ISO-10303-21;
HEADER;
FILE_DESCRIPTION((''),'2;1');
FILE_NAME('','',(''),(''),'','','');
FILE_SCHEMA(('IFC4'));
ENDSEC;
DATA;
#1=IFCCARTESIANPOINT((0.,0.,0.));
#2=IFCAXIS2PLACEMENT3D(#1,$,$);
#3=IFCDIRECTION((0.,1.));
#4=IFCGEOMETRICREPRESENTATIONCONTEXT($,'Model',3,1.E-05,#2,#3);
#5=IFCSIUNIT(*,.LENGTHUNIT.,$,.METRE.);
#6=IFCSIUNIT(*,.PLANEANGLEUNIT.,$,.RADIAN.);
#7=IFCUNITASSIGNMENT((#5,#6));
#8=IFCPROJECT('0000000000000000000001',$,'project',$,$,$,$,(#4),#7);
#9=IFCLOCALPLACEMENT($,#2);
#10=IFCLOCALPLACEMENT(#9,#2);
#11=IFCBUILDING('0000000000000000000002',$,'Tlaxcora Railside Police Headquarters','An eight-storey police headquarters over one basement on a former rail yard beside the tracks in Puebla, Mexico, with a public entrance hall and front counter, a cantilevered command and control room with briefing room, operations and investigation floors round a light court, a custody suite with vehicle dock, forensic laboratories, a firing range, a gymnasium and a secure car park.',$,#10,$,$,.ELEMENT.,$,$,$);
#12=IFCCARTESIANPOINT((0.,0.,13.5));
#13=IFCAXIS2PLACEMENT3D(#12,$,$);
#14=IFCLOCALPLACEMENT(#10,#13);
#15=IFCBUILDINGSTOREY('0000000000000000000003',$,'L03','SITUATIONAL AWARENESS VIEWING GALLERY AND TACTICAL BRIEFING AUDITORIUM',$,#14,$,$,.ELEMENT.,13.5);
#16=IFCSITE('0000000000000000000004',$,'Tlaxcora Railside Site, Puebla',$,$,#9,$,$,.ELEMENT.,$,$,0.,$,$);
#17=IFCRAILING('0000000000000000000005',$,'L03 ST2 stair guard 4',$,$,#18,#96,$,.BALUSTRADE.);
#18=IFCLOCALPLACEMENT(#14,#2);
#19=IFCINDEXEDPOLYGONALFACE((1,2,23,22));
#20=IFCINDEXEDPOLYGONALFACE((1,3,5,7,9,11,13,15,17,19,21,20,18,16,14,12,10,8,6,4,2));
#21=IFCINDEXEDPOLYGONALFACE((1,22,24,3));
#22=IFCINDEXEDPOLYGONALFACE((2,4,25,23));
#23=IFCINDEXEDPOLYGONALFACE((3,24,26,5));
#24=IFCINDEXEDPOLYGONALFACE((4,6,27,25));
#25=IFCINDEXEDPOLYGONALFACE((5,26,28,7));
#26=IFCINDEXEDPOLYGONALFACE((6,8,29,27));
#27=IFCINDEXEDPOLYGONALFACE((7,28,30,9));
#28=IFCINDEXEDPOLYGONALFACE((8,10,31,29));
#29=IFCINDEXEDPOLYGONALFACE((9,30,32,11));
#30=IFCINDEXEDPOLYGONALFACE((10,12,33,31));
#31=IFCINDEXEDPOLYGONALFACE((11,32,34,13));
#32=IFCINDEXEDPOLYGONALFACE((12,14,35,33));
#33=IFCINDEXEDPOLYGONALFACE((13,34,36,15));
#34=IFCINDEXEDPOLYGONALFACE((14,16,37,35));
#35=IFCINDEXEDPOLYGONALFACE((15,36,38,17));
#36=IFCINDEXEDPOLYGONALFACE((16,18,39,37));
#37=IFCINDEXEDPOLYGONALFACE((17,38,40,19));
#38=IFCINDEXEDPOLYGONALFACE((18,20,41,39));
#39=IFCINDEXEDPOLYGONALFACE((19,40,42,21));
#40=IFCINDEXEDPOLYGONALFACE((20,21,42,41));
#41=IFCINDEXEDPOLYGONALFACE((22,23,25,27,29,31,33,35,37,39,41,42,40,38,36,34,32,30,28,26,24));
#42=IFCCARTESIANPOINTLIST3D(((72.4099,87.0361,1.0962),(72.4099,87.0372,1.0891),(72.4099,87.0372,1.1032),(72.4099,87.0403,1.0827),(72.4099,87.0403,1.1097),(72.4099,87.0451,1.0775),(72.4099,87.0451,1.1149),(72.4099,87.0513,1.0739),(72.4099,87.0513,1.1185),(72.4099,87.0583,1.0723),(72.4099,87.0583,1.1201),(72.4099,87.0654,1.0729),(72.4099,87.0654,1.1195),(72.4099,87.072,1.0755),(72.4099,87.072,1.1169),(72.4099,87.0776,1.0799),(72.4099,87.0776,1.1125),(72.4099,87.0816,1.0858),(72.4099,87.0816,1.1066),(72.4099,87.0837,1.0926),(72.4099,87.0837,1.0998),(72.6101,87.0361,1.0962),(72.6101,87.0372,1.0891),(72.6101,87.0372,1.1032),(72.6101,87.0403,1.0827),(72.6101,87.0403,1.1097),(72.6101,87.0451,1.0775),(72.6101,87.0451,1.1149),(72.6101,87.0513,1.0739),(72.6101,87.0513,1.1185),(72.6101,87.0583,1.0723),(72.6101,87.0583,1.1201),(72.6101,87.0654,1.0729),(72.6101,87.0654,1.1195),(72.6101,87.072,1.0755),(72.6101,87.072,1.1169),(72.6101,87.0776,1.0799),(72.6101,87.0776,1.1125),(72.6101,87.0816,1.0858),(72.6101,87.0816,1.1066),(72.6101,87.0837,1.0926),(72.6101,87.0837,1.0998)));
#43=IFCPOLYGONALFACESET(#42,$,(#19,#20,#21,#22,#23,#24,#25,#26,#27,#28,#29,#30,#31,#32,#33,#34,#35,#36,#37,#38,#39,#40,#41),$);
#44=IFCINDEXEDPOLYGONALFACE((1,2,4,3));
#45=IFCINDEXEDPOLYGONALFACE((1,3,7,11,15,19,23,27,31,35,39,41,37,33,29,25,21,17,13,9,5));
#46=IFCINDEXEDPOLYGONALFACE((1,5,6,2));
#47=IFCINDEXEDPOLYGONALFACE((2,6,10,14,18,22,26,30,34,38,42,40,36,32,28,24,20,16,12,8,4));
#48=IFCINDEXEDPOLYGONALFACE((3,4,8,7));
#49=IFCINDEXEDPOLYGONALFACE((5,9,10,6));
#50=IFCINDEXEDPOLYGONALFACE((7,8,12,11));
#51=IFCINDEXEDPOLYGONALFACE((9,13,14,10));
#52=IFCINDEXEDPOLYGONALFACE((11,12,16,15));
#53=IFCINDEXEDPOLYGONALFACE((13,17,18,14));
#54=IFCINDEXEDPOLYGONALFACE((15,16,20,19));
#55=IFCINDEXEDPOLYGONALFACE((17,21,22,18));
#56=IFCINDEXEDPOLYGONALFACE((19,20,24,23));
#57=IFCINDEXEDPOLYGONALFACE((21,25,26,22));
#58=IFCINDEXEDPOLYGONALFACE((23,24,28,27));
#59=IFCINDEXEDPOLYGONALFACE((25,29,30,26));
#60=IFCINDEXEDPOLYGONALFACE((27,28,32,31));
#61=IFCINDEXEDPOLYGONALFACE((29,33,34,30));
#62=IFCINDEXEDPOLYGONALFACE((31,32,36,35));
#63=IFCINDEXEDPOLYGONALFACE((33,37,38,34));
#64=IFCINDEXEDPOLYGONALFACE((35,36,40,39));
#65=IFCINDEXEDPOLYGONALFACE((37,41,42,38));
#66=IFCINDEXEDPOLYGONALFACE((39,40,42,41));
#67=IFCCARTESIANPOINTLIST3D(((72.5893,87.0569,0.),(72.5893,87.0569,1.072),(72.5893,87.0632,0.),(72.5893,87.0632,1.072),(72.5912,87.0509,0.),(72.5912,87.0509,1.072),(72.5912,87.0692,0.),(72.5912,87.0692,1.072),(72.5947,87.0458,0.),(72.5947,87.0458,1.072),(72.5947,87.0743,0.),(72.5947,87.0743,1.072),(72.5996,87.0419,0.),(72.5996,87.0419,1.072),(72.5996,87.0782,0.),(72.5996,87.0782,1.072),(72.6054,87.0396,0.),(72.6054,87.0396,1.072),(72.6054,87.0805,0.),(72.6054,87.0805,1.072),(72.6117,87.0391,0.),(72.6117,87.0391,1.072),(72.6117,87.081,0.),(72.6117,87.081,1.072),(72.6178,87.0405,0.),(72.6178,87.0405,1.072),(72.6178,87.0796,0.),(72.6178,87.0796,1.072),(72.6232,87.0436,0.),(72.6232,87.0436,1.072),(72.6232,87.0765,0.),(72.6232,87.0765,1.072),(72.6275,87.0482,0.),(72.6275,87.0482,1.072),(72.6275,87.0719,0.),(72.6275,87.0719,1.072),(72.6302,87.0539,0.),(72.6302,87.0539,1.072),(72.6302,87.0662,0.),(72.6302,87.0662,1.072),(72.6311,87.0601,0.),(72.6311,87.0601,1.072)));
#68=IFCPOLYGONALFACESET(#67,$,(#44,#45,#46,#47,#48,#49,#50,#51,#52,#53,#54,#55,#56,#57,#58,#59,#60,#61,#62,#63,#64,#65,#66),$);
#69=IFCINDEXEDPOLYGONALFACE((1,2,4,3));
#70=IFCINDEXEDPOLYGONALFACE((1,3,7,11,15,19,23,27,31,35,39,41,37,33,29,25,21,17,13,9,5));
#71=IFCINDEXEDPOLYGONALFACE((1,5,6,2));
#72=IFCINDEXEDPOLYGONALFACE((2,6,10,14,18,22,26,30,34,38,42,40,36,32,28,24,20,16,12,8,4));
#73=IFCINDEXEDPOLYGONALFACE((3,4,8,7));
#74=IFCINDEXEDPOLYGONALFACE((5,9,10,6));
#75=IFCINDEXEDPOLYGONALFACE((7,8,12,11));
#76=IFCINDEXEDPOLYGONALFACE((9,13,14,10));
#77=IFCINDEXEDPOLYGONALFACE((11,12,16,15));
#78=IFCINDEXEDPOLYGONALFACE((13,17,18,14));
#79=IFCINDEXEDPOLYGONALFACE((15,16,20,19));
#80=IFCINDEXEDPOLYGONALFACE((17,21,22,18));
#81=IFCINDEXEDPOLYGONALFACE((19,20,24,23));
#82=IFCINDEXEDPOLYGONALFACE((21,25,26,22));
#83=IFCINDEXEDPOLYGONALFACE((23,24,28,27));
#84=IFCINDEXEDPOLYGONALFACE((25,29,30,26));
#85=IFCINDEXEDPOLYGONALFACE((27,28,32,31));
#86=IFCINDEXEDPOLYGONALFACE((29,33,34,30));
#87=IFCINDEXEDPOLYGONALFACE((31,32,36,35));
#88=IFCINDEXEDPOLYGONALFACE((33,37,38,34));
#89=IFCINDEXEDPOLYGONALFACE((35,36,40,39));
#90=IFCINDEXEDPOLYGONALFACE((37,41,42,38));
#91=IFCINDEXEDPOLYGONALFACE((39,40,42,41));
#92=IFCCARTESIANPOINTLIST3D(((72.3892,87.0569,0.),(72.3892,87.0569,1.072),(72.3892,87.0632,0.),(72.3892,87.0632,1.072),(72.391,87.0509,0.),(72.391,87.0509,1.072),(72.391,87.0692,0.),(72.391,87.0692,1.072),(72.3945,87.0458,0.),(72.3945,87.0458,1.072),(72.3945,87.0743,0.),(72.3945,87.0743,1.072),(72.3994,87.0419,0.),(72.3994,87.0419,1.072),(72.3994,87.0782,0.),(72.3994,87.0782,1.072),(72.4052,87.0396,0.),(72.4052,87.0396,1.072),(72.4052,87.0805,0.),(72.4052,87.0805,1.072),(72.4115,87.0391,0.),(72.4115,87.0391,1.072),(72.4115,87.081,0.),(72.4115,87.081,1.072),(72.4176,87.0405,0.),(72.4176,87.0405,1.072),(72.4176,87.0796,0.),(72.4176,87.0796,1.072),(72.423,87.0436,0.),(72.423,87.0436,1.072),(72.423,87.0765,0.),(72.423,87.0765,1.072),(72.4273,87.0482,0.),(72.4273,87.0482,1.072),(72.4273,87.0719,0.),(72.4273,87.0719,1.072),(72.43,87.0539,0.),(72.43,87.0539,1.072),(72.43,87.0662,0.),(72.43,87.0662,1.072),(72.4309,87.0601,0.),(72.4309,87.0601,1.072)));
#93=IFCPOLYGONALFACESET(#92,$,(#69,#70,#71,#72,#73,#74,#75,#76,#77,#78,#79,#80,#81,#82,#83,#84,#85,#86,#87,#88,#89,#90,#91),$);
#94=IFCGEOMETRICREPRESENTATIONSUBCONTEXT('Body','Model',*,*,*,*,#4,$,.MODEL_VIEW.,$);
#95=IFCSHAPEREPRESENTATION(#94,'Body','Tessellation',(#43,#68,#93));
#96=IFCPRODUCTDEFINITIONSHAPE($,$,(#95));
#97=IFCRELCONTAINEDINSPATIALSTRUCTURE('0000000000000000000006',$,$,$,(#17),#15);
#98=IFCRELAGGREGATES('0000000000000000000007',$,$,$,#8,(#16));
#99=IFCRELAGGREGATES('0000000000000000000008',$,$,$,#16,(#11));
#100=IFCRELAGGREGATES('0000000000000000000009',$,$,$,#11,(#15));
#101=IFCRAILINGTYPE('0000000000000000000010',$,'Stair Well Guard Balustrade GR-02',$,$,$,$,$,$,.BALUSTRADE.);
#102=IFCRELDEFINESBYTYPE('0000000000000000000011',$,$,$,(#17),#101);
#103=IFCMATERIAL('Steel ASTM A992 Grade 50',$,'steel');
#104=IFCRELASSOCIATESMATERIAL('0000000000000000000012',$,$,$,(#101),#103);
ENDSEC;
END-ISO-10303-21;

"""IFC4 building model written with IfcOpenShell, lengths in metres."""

from ifc_helpers import new_model, si_unit, direction, frame, origin, origin_2d, place, context, subcontext, project, spatial, circle, extrude, material, type_object, element, save


model = new_model("IFC4")

# Units and contexts
model_context = context("Model", 3, precision=1e-05, world=origin(), true_north=direction((0.0, 1.0)))
body_context = subcontext(model_context, "Body", "Model", "MODEL_VIEW")
ifc_project = project(units=[si_unit("LENGTHUNIT", "METRE"), si_unit("PLANEANGLEUNIT", "RADIAN")], contexts=[model_context])

# Site, building, storey
site_placement = place(None, origin())
site = spatial("IfcSite", under=ifc_project, at=site_placement, Name="Tlaxcora Railside Site, Puebla", CompositionType="ELEMENT", RefElevation=0.0)
building_placement = place(site_placement, origin())
building = spatial("IfcBuilding", under=site, at=building_placement, Name="Tlaxcora Railside Police Headquarters", Description="An eight-storey police headquarters over one basement on a former rail yard beside the tracks in Puebla, Mexico, with a public entrance hall and front counter, a cantilevered command and control room with briefing room, operations and investigation floors round a light court, a custody suite with vehicle dock, forensic laboratories, a firing range, a gymnasium and a secure car park.", CompositionType="ELEMENT")
storey_placement = place(building_placement, frame((0.0, 0.0, 13.5)))
storey = spatial("IfcBuildingStorey", under=building, at=storey_placement, Name="L03", Description="SITUATIONAL AWARENESS VIEWING GALLERY AND TACTICAL BRIEFING AUDITORIUM", CompositionType="ELEMENT", Elevation=13.5)

# Shared definitions
ifc_material_1 = material(Name="Steel ASTM A992 Grade 50", Category="steel")

# Railing
railing_type_1 = type_object("IfcRailingType", Name="Stair Well Guard Balustrade GR-02", PredefinedType="BALUSTRADE", material=ifc_material_1)
railing_1_placement = place(storey_placement, frame((72.6101, 87.0601, 0.0)))
element("IfcRailing", 1, at=railing_1_placement, inside=storey, type_object=railing_type_1, Name="L03 ST2 stair guard 4", PredefinedType="BALUSTRADE", context=body_context, shape_type="SweptSolid", body=[
    extrude(circle(Radius=0.0239, at=origin_2d()), frame((0.0, 0.0, 1.0962), z_axis=(-1.0, 0.0, 0.0), x_axis=(0.0, -1.0, 0.0)), (0.0, 0.0, 1.0), 0.2002),
    extrude(circle(Radius=0.021, at=origin_2d()), origin(), (0.0, 0.0, 1.0), 1.072),
    extrude(circle(Radius=0.021, at=origin_2d()), frame((-0.2002, 0.0, 0.0)), (0.0, 0.0, 1.0), 1.072),
])

save(model, "model.ifc")
